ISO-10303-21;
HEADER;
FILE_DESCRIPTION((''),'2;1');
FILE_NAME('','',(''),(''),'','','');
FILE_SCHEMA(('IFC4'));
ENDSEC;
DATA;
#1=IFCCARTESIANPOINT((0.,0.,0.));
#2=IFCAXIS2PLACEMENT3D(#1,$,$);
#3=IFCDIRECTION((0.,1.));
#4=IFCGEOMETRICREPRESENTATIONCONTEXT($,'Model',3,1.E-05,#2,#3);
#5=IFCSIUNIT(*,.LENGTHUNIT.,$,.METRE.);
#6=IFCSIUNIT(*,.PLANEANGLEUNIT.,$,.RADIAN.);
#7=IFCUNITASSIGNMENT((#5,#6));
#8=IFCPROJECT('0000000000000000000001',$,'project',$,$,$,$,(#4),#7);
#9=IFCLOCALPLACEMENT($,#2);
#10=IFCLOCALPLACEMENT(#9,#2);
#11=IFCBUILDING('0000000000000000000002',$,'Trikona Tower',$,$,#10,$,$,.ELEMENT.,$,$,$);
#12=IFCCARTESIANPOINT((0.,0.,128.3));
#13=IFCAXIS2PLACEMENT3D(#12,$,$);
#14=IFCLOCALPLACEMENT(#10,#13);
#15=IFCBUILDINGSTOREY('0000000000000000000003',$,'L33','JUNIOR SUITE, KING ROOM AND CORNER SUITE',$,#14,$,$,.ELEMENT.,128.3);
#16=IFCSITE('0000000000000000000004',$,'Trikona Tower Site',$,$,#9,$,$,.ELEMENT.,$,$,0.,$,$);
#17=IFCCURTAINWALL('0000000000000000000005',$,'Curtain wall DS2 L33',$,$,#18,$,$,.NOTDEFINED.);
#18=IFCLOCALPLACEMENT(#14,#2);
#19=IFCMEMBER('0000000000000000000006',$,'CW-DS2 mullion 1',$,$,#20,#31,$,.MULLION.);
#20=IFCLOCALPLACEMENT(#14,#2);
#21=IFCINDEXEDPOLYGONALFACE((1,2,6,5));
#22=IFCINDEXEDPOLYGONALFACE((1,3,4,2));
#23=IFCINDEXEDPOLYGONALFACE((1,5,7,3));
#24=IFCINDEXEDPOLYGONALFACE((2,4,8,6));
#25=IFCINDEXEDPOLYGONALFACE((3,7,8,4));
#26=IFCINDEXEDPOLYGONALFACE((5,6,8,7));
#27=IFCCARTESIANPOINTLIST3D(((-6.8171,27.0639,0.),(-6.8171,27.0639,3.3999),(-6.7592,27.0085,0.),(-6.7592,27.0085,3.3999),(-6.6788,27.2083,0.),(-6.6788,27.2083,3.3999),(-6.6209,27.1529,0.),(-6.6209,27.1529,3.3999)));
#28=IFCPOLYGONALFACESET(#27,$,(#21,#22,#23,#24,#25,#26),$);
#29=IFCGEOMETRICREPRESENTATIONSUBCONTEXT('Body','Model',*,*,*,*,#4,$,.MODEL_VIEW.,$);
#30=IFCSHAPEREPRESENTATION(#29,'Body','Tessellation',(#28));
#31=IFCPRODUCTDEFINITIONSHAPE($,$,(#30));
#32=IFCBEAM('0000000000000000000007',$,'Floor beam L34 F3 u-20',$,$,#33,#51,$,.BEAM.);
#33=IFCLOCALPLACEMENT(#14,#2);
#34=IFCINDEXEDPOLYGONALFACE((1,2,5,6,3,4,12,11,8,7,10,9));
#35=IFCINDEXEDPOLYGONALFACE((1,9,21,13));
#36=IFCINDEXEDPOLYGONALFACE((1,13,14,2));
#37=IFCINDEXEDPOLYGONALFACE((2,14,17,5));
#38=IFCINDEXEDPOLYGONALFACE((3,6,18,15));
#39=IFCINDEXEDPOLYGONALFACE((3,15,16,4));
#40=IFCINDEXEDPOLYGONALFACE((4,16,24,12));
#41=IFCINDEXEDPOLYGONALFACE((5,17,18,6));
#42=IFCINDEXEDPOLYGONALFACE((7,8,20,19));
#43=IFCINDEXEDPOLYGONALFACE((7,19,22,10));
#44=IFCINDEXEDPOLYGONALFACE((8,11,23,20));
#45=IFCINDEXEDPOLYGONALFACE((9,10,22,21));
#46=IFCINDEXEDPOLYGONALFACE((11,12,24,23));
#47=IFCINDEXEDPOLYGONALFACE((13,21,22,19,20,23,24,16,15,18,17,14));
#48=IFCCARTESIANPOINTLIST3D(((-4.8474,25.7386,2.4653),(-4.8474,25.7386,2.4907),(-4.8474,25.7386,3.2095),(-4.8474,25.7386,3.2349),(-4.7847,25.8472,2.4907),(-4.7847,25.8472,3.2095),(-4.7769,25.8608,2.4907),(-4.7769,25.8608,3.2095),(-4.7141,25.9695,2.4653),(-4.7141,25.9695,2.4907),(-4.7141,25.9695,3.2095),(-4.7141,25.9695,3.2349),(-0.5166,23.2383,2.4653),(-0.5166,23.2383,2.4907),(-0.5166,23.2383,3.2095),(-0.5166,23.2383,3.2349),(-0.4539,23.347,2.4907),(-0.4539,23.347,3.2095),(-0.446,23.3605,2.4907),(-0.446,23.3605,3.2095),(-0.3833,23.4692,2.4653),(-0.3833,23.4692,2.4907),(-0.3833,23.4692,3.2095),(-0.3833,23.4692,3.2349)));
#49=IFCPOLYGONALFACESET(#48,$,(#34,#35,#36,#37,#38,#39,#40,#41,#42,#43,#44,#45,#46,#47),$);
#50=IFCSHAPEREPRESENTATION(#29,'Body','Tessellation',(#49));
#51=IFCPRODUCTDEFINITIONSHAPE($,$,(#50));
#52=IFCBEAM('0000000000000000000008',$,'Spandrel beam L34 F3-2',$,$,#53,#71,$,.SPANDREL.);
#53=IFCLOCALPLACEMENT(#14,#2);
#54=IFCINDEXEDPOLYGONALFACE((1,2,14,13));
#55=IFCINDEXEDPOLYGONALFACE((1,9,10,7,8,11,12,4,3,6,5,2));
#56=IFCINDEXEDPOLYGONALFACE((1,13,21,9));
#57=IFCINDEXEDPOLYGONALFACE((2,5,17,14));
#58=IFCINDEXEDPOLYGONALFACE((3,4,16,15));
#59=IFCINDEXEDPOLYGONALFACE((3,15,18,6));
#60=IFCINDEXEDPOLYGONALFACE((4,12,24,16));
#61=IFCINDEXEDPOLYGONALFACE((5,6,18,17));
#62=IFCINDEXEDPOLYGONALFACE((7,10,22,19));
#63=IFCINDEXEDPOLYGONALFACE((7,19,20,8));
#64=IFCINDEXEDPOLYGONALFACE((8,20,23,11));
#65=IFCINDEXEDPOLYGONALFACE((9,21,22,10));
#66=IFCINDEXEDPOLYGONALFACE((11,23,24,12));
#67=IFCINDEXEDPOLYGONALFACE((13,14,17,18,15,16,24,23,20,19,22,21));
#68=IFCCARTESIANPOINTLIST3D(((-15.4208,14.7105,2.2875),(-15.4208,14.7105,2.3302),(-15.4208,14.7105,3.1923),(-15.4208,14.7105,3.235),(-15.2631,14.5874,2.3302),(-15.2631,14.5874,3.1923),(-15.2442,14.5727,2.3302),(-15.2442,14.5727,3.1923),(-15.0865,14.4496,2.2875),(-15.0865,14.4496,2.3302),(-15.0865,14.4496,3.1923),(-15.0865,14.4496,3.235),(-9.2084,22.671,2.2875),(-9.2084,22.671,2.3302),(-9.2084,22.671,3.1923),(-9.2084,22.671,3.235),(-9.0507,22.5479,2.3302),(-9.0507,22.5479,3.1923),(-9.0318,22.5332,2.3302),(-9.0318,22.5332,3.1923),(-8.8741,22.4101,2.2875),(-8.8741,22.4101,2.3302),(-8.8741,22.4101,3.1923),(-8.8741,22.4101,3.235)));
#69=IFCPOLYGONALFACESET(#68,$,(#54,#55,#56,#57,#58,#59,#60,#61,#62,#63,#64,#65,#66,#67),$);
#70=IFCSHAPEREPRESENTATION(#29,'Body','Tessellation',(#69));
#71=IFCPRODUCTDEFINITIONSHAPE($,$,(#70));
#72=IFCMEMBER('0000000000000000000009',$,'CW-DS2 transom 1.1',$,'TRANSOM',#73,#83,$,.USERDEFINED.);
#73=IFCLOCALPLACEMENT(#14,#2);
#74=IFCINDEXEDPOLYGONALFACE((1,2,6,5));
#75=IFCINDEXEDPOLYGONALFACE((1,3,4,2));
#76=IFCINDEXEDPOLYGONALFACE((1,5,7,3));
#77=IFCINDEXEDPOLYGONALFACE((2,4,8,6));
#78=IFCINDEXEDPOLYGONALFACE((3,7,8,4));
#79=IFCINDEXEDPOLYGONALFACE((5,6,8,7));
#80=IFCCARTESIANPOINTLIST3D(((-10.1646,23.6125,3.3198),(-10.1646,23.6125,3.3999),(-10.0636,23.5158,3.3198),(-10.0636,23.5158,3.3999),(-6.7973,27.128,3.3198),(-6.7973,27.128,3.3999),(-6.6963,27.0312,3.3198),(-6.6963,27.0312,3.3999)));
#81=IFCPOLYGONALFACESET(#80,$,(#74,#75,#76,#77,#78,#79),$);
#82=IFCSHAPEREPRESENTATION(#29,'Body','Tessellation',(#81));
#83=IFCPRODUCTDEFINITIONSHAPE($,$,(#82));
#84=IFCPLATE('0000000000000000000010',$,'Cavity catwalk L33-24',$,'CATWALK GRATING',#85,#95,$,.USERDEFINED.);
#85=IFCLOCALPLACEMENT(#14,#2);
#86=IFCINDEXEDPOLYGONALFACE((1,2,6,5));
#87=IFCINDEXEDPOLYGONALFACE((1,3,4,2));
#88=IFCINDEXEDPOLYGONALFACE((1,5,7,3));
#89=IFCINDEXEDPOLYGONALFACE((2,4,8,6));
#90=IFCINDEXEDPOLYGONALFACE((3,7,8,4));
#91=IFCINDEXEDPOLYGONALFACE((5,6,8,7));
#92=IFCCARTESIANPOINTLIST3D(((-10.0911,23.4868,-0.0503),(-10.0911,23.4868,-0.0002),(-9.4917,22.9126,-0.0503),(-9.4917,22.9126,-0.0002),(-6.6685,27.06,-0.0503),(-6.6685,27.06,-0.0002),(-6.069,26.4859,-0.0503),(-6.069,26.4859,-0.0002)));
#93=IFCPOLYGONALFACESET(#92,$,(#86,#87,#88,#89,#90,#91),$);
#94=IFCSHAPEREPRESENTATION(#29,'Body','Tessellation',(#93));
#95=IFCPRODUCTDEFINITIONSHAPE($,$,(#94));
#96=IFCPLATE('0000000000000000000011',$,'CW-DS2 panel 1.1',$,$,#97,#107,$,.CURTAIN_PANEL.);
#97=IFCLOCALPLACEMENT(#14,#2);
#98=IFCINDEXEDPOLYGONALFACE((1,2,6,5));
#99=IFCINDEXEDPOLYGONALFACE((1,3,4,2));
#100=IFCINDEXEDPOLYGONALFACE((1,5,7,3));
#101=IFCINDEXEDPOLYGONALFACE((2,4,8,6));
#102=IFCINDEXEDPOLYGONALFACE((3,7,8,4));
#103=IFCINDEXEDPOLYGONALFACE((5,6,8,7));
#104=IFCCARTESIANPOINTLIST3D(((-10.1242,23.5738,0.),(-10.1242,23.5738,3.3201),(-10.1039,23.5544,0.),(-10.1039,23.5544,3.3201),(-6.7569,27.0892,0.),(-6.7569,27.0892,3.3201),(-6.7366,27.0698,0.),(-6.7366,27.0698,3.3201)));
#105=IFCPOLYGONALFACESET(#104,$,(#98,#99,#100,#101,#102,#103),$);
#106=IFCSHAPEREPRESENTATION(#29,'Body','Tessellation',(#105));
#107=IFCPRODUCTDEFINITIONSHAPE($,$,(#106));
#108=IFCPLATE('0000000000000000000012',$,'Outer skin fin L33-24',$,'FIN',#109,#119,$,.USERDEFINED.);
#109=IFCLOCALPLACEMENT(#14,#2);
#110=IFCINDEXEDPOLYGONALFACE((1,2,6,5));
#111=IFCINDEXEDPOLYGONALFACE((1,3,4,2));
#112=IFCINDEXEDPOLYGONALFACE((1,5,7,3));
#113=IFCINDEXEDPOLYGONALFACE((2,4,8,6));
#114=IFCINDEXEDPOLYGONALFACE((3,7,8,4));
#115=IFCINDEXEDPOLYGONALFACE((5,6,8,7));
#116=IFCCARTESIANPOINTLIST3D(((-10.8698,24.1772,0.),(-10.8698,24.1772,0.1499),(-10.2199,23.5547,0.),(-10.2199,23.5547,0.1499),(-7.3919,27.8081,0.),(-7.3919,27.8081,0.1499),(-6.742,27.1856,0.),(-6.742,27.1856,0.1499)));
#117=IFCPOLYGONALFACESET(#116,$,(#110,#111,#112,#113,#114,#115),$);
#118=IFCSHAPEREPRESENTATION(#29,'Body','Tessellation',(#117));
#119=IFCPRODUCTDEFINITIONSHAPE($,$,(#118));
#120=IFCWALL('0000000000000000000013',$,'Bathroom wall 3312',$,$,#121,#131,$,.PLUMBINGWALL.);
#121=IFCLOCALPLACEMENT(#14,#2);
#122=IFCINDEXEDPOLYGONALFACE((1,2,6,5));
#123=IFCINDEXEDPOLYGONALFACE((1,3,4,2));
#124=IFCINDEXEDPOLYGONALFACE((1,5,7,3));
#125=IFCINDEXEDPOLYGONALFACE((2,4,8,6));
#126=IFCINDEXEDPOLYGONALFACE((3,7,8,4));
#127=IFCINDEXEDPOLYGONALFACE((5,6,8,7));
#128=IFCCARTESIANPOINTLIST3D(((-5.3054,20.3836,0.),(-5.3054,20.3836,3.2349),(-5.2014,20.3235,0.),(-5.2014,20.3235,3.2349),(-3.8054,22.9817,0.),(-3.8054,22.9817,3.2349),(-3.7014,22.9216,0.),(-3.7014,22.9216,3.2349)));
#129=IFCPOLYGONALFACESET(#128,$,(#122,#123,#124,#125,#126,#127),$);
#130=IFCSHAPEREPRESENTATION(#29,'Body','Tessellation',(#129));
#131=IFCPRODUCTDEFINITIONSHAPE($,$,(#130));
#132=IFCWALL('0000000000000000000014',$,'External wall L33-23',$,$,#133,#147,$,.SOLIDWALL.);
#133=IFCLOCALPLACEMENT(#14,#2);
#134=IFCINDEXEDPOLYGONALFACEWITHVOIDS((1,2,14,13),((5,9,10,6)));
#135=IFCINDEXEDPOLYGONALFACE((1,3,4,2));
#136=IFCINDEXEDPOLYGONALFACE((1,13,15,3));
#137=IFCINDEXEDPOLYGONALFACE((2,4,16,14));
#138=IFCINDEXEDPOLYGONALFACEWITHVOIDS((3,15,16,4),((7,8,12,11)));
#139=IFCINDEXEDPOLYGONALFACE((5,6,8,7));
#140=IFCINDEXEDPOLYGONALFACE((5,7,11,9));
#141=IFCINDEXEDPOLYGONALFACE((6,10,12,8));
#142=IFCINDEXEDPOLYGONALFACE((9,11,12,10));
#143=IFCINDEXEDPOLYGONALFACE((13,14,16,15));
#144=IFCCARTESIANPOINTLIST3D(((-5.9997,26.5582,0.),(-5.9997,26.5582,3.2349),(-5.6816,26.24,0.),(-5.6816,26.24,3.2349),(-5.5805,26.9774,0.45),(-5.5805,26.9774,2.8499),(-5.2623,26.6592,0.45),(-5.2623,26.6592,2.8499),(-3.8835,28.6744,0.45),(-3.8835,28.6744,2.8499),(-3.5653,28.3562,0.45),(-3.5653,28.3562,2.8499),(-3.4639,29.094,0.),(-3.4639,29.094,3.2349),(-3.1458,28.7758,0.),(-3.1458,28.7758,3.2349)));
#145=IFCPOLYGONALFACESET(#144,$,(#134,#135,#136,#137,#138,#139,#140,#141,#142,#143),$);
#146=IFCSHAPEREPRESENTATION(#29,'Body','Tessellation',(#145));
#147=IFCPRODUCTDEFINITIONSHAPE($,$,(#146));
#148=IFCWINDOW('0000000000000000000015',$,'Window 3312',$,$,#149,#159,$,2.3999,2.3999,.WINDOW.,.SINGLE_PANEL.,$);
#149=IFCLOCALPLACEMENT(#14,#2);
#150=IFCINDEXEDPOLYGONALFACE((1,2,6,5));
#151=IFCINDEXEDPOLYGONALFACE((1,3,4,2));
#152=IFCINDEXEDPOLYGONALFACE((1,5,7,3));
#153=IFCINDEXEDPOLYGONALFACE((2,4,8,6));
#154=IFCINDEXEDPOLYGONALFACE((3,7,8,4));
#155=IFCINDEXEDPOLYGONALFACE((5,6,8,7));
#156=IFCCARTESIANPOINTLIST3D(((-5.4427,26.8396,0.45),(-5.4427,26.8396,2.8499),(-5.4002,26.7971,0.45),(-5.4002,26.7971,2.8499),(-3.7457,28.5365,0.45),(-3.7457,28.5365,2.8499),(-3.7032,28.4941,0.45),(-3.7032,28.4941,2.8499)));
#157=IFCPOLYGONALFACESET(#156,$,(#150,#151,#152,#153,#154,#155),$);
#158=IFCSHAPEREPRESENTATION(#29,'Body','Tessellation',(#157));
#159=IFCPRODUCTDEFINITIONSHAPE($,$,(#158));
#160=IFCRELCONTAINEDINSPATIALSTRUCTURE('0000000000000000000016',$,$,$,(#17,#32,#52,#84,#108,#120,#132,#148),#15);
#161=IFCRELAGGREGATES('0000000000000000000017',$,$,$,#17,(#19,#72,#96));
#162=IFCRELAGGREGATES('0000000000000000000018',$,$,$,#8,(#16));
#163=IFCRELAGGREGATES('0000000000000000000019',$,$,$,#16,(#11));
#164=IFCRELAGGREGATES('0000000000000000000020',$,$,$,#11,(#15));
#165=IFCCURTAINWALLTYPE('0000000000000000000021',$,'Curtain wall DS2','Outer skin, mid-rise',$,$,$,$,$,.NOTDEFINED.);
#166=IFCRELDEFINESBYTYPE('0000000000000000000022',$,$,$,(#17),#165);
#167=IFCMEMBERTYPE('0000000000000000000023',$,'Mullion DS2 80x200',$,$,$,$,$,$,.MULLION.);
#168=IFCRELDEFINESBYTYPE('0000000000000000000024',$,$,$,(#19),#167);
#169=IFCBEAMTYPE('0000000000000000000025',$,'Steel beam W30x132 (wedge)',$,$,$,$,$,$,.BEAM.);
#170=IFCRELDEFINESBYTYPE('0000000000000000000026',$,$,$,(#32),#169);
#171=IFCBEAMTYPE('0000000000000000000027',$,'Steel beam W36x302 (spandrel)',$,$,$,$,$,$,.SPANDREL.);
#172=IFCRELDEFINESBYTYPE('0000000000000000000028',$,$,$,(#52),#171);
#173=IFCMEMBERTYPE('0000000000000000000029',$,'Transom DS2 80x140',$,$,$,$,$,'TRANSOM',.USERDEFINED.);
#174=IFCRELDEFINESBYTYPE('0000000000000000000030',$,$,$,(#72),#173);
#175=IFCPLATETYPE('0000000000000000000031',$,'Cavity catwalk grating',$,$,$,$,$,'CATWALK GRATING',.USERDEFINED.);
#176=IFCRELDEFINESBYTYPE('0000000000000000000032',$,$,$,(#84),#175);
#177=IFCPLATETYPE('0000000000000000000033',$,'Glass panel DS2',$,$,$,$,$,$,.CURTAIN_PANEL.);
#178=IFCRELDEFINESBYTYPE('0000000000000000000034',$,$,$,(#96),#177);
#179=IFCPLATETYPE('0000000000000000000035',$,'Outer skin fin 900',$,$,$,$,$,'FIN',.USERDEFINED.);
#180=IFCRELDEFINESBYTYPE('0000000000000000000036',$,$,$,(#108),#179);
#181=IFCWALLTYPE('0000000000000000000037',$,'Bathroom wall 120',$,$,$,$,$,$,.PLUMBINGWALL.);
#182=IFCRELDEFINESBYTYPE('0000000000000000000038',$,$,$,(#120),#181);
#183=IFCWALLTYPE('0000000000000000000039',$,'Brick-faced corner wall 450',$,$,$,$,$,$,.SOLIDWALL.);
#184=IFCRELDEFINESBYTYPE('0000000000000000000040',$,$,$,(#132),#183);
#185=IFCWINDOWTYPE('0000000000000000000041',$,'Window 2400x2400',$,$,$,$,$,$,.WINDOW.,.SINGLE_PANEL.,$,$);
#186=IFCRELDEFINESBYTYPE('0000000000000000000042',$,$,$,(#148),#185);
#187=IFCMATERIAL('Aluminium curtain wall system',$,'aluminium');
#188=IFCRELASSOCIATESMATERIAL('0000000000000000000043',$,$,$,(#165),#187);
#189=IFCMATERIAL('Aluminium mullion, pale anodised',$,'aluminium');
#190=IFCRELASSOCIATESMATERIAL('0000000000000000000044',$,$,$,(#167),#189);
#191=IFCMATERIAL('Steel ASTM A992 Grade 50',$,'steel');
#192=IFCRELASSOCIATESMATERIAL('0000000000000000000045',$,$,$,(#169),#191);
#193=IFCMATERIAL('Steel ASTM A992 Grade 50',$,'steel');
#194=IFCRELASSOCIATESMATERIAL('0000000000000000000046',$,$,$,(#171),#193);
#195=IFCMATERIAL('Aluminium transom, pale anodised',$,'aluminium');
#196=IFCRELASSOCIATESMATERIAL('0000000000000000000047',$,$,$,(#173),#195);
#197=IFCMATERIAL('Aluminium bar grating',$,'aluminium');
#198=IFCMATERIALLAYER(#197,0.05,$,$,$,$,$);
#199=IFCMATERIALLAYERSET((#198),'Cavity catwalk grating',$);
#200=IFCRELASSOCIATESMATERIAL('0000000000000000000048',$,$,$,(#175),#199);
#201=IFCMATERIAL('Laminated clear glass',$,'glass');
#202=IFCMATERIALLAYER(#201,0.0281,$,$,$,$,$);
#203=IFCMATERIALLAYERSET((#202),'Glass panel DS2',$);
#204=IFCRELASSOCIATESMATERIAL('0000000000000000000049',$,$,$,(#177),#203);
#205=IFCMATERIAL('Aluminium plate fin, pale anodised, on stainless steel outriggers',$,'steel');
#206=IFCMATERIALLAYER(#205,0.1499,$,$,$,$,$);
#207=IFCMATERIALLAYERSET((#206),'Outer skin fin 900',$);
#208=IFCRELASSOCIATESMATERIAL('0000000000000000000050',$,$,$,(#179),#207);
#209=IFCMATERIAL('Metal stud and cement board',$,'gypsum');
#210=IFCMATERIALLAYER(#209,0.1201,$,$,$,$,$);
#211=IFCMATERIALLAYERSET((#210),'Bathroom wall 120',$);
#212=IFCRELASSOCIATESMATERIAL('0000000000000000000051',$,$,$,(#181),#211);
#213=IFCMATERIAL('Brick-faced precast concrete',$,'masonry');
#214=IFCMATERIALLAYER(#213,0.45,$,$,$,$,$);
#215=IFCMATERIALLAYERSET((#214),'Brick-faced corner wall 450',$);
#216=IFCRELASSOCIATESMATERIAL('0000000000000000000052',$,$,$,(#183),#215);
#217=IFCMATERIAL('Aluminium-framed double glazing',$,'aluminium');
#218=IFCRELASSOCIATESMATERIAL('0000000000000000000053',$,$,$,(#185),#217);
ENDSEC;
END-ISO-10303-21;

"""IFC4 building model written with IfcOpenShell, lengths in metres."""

from ifc_helpers import new_model, si_unit, direction, frame, frame_2d, origin, origin_2d, place, context, subcontext, project, spatial, rectangle, i_section, extrude, material, layer, layer_set, material_profile, profile_set, type_object, element, fill, aggregate, save


model = new_model("IFC4")

# Units and contexts
model_context = context("Model", 3, precision=1e-05, world=origin(), true_north=direction((0.0, 1.0)))
body_context = subcontext(model_context, "Body", "Model", "MODEL_VIEW")
ifc_project = project(units=[si_unit("LENGTHUNIT", "METRE"), si_unit("PLANEANGLEUNIT", "RADIAN")], contexts=[model_context])

# Site, building, storey
site_placement = place(None, origin())
site = spatial("IfcSite", under=ifc_project, at=site_placement, Name="Trikona Tower Site", CompositionType="ELEMENT", RefElevation=0.0)
building_placement = place(site_placement, origin())
building = spatial("IfcBuilding", under=site, at=building_placement, Name="Trikona Tower", CompositionType="ELEMENT")
storey_placement = place(building_placement, frame((0.0, 0.0, 128.3)))
storey = spatial("IfcBuildingStorey", under=building, at=storey_placement, Name="L33", Description="JUNIOR SUITE, KING ROOM AND CORNER SUITE", CompositionType="ELEMENT", Elevation=128.3)

# Curtain wall, member
ifc_material_1 = material(Name="Aluminium curtain wall system", Category="aluminium")
curtain_wall_type = type_object("IfcCurtainWallType", Name="Curtain wall DS2", Description="Outer skin, mid-rise", PredefinedType="NOTDEFINED", material=ifc_material_1)
curtain_wall_placement = place(storey_placement, origin())
curtain_wall = element("IfcCurtainWall", 1, at=curtain_wall_placement, inside=storey, type_object=curtain_wall_type, Name="Curtain wall DS2 L33", PredefinedType="NOTDEFINED")
ifc_material_2 = material(Name="Aluminium mullion, pale anodised", Category="aluminium")
ifc_material_profile_1 = material_profile(ifc_material_2, rectangle(XDim=0.0801, YDim=0.2, at=origin_2d()), Name="MUL-DS2")
ifc_profile_set_1 = profile_set([ifc_material_profile_1], Name="Aluminium mullion, pale anodised")
member_type_1 = type_object("IfcMemberType", Name="Mullion DS2 80x200", PredefinedType="MULLION", material=ifc_profile_set_1)
member_1_placement = place(storey_placement, frame((-6.719, 27.1084, 0.0), z_axis=(0.0, 0.0, 1.0), x_axis=(0.722158, -0.691728, 0.0)))
member_1 = element("IfcMember", 2, at=member_1_placement, type_object=member_type_1, Name="CW-DS2 mullion 1", PredefinedType="MULLION", context=body_context, shape_type="SweptSolid", body=[
    extrude(rectangle(XDim=0.0801, YDim=0.2, at=origin_2d()), origin(), (0.0, 0.0, 1.0), 3.3999),
])

# Beams
ifc_material_3 = material(Name="Steel ASTM A992 Grade 50", Category="steel")
ifc_material_profile_2 = material_profile(ifc_material_3, i_section(OverallWidth=0.2666, OverallDepth=0.7695, WebThickness=0.0156, FlangeThickness=0.0254, at=origin_2d()), Name="W30X132")
ifc_profile_set_2 = profile_set([ifc_material_profile_2], Name="Steel ASTM A992 Grade 50")
beam_type_1 = type_object("IfcBeamType", Name="Steel beam W30x132 (wedge)", PredefinedType="BEAM", material=ifc_profile_set_2)
beam_1_placement = place(storey_placement, frame((-0.45, 23.3538, 2.8501), z_axis=(-0.866038, 0.499977, 0.0), x_axis=(-0.499977, -0.866038, 0.0)))
element("IfcBeam", 3, at=beam_1_placement, inside=storey, type_object=beam_type_1, Name="Floor beam L34 F3 u-20", PredefinedType="BEAM", context=body_context, shape_type="SweptSolid", body=[
    extrude(i_section(OverallWidth=0.2666, OverallDepth=0.7695, WebThickness=0.0156, FlangeThickness=0.0254, at=origin_2d()), origin(), (0.0, 0.0, 1.0), 5.0007),
])
ifc_material_4 = material(Name="Steel ASTM A992 Grade 50", Category="steel")
ifc_material_profile_3 = material_profile(ifc_material_4, i_section(OverallWidth=0.4241, OverallDepth=0.9475, WebThickness=0.0239, FlangeThickness=0.0427, at=origin_2d()), Name="W36X302")
ifc_profile_set_3 = profile_set([ifc_material_profile_3], Name="Steel ASTM A992 Grade 50")
beam_type_2 = type_object("IfcBeamType", Name="Steel beam W36x302 (spandrel)", PredefinedType="SPANDREL", material=ifc_profile_set_3)
beam_2_placement = place(storey_placement, frame((-9.0413, 22.5405, 2.7612), z_axis=(-0.615232, -0.788346, 0.0), x_axis=(0.788346, -0.615232, 0.0)))
element("IfcBeam", 4, at=beam_2_placement, inside=storey, type_object=beam_type_2, Name="Spandrel beam L34 F3-2", PredefinedType="SPANDREL", context=body_context, shape_type="SweptSolid", body=[
    extrude(i_section(OverallWidth=0.4241, OverallDepth=0.9475, WebThickness=0.0239, FlangeThickness=0.0427, at=origin_2d()), origin(), (0.0, 0.0, 1.0), 10.0977),
])

# Member
ifc_material_5 = material(Name="Aluminium transom, pale anodised", Category="aluminium")
ifc_material_profile_4 = material_profile(ifc_material_5, rectangle(XDim=0.1399, YDim=0.0801, at=origin_2d()), Name="TRN-DS2")
ifc_profile_set_4 = profile_set([ifc_material_profile_4], Name="Aluminium transom, pale anodised")
member_type_2 = type_object("IfcMemberType", Name="Transom DS2 80x140", ElementType="TRANSOM", PredefinedType="USERDEFINED", material=ifc_profile_set_4)
member_2_placement = place(storey_placement, frame((-6.7468, 27.0796, 3.3599), z_axis=(-0.691721, -0.722165, 0.0), x_axis=(0.722165, -0.691721, 0.0)))
member_2 = element("IfcMember", 5, at=member_2_placement, type_object=member_type_2, Name="CW-DS2 transom 1.1", ObjectType="TRANSOM", PredefinedType="USERDEFINED", context=body_context, shape_type="SweptSolid", body=[
    extrude(rectangle(XDim=0.1399, YDim=0.0801, at=origin_2d()), origin(), (0.0, 0.0, 1.0), 4.8679),
])

# Plates
ifc_material_6 = material(Name="Aluminium bar grating", Category="aluminium")
ifc_layer_1 = layer(ifc_material_6, 0.05)
ifc_layer_set_1 = layer_set([ifc_layer_1], Name="Cavity catwalk grating")
plate_type_1 = type_object("IfcPlateType", Name="Cavity catwalk grating", ElementType="CATWALK GRATING", PredefinedType="USERDEFINED", material=ifc_layer_set_1)
plate_1_placement = place(storey_placement, frame((-8.0801, 24.9863, -0.0503), z_axis=(0.0, 0.0, 1.0), x_axis=(-0.691724, -0.722162, 0.0)))
element("IfcPlate", 6, at=plate_1_placement, inside=storey, type_object=plate_type_1, Name="Cavity catwalk L33-24", ObjectType="CATWALK GRATING", PredefinedType="USERDEFINED", context=body_context, shape_type="SweptSolid", body=[
    extrude(rectangle(XDim=4.948, YDim=0.8301, at=origin_2d()), origin(), (0.0, 0.0, 1.0), 0.05),
])
ifc_material_7 = material(Name="Laminated clear glass", Category="glass")
ifc_layer_2 = layer(ifc_material_7, 0.0281)
ifc_layer_set_2 = layer_set([ifc_layer_2], Name="Glass panel DS2")
plate_type_2 = type_object("IfcPlateType", Name="Glass panel DS2", PredefinedType="CURTAIN_PANEL", material=ifc_layer_set_2)
plate_2_placement = place(storey_placement, frame((-8.4304, 25.3218, 0.0), z_axis=(0.0, 0.0, 1.0), x_axis=(-0.691728, -0.722158, 0.0)))
plate_2 = element("IfcPlate", 7, at=plate_2_placement, type_object=plate_type_2, Name="CW-DS2 panel 1.1", PredefinedType="CURTAIN_PANEL", context=body_context, shape_type="SweptSolid", body=[
    extrude(rectangle(XDim=4.8679, YDim=0.0281, at=origin_2d()), origin(), (0.0, 0.0, 1.0), 3.3201),
])
aggregate(curtain_wall, [member_1, member_2, plate_2])
ifc_material_8 = material(Name="Aluminium plate fin, pale anodised, on stainless steel outriggers", Category="steel")
ifc_layer_3 = layer(ifc_material_8, 0.1499)
ifc_layer_set_3 = layer_set([ifc_layer_3], Name="Outer skin fin 900")
plate_type_3 = type_object("IfcPlateType", Name="Outer skin fin 900", ElementType="FIN", PredefinedType="USERDEFINED", material=ifc_layer_set_3)
plate_3_placement = place(storey_placement, frame((-8.8059, 25.6814, 0.0), z_axis=(0.0, 0.0, 1.0), x_axis=(-0.691724, -0.722162, 0.0)))
element("IfcPlate", 8, at=plate_3_placement, inside=storey, type_object=plate_type_3, Name="Outer skin fin L33-24", ObjectType="FIN", PredefinedType="USERDEFINED", context=body_context, shape_type="SweptSolid", body=[
    extrude(rectangle(XDim=5.0278, YDim=0.8999, at=origin_2d()), origin(), (0.0, 0.0, 1.0), 0.1499),
])

# Wall
ifc_material_9 = material(Name="Metal stud and cement board", Category="gypsum")
ifc_layer_4 = layer(ifc_material_9, 0.1201)
ifc_layer_set_4 = layer_set([ifc_layer_4], Name="Bathroom wall 120")
wall_type_1 = type_object("IfcWallType", Name="Bathroom wall 120", PredefinedType="PLUMBINGWALL", material=ifc_layer_set_4)
wall_1_placement = place(storey_placement, frame((-3.7534, 22.9517, 0.0), z_axis=(0.0, 0.0, 1.0), x_axis=(-0.49999, -0.866031, 0.0)))
element("IfcWall", 9, at=wall_1_placement, inside=storey, type_object=wall_type_1, Name="Bathroom wall 3312", PredefinedType="PLUMBINGWALL", context=body_context, shape_type="SweptSolid", body=[
    extrude(rectangle(XDim=3.0, YDim=0.1201, at=frame_2d((1.5, 0.0))), origin(), (0.0, 0.0, 1.0), 3.2349),
])

# Wall, opening, window
ifc_material_10 = material(Name="Brick-faced precast concrete", Category="masonry")
ifc_layer_5 = layer(ifc_material_10, 0.45)
ifc_layer_set_5 = layer_set([ifc_layer_5], Name="Brick-faced corner wall 450")
wall_type_2 = type_object("IfcWallType", Name="Brick-faced corner wall 450", PredefinedType="SOLIDWALL", material=ifc_layer_set_5)
wall_2_placement = place(storey_placement, frame((-3.3049, 28.9348, 0.0), z_axis=(0.0, 0.0, 1.0), x_axis=(-0.707107, -0.707107, 0.0)))
wall_2 = element("IfcWall", 10, at=wall_2_placement, inside=storey, type_object=wall_type_2, Name="External wall L33-23", PredefinedType="SOLIDWALL", context=body_context, shape_type="SweptSolid", body=[
    extrude(rectangle(XDim=3.5862, YDim=0.45, at=frame_2d((1.793, 0.0))), origin(), (0.0, 0.0, 1.0), 3.2349),
])
opening_1_placement = place(wall_2_placement, frame((0.5933, 0.0, 0.45)))
opening_1 = element("IfcOpeningElement", 11, at=opening_1_placement, cuts=wall_2, PredefinedType="OPENING", context=body_context, shape_type="SweptSolid", body=[
    extrude(rectangle(XDim=2.3999, YDim=2.3999, at=frame_2d((1.2, 1.2))), frame((0.0, 0.2349, 0.0), z_axis=(0.0, -1.0, 0.0), x_axis=(1.0, 0.0, 0.0)), (0.0, 0.0, 1.0), 0.47),
])
ifc_material_11 = material(Name="Aluminium-framed double glazing", Category="aluminium")
window_type_1 = type_object("IfcWindowType", Name="Window 2400x2400", PartitioningType="SINGLE_PANEL", PredefinedType="WINDOW", material=ifc_material_11)
window_1_placement = place(opening_1_placement, origin())
window_1 = element("IfcWindow", 12, at=window_1_placement, inside=storey, type_object=window_type_1, Name="Window 3312", OverallHeight=2.3999, OverallWidth=2.3999, PartitioningType="SINGLE_PANEL", PredefinedType="WINDOW", context=body_context, shape_type="SweptSolid", body=[
    extrude(rectangle(XDim=2.3999, YDim=2.3999, at=frame_2d((1.2, 1.2))), frame((0.0, 0.03, 0.0), z_axis=(0.0, -1.0, 0.0), x_axis=(1.0, 0.0, 0.0)), (0.0, 0.0, 1.0), 0.0601),
])
fill(opening_1, window_1)

save(model, "model.ifc")
